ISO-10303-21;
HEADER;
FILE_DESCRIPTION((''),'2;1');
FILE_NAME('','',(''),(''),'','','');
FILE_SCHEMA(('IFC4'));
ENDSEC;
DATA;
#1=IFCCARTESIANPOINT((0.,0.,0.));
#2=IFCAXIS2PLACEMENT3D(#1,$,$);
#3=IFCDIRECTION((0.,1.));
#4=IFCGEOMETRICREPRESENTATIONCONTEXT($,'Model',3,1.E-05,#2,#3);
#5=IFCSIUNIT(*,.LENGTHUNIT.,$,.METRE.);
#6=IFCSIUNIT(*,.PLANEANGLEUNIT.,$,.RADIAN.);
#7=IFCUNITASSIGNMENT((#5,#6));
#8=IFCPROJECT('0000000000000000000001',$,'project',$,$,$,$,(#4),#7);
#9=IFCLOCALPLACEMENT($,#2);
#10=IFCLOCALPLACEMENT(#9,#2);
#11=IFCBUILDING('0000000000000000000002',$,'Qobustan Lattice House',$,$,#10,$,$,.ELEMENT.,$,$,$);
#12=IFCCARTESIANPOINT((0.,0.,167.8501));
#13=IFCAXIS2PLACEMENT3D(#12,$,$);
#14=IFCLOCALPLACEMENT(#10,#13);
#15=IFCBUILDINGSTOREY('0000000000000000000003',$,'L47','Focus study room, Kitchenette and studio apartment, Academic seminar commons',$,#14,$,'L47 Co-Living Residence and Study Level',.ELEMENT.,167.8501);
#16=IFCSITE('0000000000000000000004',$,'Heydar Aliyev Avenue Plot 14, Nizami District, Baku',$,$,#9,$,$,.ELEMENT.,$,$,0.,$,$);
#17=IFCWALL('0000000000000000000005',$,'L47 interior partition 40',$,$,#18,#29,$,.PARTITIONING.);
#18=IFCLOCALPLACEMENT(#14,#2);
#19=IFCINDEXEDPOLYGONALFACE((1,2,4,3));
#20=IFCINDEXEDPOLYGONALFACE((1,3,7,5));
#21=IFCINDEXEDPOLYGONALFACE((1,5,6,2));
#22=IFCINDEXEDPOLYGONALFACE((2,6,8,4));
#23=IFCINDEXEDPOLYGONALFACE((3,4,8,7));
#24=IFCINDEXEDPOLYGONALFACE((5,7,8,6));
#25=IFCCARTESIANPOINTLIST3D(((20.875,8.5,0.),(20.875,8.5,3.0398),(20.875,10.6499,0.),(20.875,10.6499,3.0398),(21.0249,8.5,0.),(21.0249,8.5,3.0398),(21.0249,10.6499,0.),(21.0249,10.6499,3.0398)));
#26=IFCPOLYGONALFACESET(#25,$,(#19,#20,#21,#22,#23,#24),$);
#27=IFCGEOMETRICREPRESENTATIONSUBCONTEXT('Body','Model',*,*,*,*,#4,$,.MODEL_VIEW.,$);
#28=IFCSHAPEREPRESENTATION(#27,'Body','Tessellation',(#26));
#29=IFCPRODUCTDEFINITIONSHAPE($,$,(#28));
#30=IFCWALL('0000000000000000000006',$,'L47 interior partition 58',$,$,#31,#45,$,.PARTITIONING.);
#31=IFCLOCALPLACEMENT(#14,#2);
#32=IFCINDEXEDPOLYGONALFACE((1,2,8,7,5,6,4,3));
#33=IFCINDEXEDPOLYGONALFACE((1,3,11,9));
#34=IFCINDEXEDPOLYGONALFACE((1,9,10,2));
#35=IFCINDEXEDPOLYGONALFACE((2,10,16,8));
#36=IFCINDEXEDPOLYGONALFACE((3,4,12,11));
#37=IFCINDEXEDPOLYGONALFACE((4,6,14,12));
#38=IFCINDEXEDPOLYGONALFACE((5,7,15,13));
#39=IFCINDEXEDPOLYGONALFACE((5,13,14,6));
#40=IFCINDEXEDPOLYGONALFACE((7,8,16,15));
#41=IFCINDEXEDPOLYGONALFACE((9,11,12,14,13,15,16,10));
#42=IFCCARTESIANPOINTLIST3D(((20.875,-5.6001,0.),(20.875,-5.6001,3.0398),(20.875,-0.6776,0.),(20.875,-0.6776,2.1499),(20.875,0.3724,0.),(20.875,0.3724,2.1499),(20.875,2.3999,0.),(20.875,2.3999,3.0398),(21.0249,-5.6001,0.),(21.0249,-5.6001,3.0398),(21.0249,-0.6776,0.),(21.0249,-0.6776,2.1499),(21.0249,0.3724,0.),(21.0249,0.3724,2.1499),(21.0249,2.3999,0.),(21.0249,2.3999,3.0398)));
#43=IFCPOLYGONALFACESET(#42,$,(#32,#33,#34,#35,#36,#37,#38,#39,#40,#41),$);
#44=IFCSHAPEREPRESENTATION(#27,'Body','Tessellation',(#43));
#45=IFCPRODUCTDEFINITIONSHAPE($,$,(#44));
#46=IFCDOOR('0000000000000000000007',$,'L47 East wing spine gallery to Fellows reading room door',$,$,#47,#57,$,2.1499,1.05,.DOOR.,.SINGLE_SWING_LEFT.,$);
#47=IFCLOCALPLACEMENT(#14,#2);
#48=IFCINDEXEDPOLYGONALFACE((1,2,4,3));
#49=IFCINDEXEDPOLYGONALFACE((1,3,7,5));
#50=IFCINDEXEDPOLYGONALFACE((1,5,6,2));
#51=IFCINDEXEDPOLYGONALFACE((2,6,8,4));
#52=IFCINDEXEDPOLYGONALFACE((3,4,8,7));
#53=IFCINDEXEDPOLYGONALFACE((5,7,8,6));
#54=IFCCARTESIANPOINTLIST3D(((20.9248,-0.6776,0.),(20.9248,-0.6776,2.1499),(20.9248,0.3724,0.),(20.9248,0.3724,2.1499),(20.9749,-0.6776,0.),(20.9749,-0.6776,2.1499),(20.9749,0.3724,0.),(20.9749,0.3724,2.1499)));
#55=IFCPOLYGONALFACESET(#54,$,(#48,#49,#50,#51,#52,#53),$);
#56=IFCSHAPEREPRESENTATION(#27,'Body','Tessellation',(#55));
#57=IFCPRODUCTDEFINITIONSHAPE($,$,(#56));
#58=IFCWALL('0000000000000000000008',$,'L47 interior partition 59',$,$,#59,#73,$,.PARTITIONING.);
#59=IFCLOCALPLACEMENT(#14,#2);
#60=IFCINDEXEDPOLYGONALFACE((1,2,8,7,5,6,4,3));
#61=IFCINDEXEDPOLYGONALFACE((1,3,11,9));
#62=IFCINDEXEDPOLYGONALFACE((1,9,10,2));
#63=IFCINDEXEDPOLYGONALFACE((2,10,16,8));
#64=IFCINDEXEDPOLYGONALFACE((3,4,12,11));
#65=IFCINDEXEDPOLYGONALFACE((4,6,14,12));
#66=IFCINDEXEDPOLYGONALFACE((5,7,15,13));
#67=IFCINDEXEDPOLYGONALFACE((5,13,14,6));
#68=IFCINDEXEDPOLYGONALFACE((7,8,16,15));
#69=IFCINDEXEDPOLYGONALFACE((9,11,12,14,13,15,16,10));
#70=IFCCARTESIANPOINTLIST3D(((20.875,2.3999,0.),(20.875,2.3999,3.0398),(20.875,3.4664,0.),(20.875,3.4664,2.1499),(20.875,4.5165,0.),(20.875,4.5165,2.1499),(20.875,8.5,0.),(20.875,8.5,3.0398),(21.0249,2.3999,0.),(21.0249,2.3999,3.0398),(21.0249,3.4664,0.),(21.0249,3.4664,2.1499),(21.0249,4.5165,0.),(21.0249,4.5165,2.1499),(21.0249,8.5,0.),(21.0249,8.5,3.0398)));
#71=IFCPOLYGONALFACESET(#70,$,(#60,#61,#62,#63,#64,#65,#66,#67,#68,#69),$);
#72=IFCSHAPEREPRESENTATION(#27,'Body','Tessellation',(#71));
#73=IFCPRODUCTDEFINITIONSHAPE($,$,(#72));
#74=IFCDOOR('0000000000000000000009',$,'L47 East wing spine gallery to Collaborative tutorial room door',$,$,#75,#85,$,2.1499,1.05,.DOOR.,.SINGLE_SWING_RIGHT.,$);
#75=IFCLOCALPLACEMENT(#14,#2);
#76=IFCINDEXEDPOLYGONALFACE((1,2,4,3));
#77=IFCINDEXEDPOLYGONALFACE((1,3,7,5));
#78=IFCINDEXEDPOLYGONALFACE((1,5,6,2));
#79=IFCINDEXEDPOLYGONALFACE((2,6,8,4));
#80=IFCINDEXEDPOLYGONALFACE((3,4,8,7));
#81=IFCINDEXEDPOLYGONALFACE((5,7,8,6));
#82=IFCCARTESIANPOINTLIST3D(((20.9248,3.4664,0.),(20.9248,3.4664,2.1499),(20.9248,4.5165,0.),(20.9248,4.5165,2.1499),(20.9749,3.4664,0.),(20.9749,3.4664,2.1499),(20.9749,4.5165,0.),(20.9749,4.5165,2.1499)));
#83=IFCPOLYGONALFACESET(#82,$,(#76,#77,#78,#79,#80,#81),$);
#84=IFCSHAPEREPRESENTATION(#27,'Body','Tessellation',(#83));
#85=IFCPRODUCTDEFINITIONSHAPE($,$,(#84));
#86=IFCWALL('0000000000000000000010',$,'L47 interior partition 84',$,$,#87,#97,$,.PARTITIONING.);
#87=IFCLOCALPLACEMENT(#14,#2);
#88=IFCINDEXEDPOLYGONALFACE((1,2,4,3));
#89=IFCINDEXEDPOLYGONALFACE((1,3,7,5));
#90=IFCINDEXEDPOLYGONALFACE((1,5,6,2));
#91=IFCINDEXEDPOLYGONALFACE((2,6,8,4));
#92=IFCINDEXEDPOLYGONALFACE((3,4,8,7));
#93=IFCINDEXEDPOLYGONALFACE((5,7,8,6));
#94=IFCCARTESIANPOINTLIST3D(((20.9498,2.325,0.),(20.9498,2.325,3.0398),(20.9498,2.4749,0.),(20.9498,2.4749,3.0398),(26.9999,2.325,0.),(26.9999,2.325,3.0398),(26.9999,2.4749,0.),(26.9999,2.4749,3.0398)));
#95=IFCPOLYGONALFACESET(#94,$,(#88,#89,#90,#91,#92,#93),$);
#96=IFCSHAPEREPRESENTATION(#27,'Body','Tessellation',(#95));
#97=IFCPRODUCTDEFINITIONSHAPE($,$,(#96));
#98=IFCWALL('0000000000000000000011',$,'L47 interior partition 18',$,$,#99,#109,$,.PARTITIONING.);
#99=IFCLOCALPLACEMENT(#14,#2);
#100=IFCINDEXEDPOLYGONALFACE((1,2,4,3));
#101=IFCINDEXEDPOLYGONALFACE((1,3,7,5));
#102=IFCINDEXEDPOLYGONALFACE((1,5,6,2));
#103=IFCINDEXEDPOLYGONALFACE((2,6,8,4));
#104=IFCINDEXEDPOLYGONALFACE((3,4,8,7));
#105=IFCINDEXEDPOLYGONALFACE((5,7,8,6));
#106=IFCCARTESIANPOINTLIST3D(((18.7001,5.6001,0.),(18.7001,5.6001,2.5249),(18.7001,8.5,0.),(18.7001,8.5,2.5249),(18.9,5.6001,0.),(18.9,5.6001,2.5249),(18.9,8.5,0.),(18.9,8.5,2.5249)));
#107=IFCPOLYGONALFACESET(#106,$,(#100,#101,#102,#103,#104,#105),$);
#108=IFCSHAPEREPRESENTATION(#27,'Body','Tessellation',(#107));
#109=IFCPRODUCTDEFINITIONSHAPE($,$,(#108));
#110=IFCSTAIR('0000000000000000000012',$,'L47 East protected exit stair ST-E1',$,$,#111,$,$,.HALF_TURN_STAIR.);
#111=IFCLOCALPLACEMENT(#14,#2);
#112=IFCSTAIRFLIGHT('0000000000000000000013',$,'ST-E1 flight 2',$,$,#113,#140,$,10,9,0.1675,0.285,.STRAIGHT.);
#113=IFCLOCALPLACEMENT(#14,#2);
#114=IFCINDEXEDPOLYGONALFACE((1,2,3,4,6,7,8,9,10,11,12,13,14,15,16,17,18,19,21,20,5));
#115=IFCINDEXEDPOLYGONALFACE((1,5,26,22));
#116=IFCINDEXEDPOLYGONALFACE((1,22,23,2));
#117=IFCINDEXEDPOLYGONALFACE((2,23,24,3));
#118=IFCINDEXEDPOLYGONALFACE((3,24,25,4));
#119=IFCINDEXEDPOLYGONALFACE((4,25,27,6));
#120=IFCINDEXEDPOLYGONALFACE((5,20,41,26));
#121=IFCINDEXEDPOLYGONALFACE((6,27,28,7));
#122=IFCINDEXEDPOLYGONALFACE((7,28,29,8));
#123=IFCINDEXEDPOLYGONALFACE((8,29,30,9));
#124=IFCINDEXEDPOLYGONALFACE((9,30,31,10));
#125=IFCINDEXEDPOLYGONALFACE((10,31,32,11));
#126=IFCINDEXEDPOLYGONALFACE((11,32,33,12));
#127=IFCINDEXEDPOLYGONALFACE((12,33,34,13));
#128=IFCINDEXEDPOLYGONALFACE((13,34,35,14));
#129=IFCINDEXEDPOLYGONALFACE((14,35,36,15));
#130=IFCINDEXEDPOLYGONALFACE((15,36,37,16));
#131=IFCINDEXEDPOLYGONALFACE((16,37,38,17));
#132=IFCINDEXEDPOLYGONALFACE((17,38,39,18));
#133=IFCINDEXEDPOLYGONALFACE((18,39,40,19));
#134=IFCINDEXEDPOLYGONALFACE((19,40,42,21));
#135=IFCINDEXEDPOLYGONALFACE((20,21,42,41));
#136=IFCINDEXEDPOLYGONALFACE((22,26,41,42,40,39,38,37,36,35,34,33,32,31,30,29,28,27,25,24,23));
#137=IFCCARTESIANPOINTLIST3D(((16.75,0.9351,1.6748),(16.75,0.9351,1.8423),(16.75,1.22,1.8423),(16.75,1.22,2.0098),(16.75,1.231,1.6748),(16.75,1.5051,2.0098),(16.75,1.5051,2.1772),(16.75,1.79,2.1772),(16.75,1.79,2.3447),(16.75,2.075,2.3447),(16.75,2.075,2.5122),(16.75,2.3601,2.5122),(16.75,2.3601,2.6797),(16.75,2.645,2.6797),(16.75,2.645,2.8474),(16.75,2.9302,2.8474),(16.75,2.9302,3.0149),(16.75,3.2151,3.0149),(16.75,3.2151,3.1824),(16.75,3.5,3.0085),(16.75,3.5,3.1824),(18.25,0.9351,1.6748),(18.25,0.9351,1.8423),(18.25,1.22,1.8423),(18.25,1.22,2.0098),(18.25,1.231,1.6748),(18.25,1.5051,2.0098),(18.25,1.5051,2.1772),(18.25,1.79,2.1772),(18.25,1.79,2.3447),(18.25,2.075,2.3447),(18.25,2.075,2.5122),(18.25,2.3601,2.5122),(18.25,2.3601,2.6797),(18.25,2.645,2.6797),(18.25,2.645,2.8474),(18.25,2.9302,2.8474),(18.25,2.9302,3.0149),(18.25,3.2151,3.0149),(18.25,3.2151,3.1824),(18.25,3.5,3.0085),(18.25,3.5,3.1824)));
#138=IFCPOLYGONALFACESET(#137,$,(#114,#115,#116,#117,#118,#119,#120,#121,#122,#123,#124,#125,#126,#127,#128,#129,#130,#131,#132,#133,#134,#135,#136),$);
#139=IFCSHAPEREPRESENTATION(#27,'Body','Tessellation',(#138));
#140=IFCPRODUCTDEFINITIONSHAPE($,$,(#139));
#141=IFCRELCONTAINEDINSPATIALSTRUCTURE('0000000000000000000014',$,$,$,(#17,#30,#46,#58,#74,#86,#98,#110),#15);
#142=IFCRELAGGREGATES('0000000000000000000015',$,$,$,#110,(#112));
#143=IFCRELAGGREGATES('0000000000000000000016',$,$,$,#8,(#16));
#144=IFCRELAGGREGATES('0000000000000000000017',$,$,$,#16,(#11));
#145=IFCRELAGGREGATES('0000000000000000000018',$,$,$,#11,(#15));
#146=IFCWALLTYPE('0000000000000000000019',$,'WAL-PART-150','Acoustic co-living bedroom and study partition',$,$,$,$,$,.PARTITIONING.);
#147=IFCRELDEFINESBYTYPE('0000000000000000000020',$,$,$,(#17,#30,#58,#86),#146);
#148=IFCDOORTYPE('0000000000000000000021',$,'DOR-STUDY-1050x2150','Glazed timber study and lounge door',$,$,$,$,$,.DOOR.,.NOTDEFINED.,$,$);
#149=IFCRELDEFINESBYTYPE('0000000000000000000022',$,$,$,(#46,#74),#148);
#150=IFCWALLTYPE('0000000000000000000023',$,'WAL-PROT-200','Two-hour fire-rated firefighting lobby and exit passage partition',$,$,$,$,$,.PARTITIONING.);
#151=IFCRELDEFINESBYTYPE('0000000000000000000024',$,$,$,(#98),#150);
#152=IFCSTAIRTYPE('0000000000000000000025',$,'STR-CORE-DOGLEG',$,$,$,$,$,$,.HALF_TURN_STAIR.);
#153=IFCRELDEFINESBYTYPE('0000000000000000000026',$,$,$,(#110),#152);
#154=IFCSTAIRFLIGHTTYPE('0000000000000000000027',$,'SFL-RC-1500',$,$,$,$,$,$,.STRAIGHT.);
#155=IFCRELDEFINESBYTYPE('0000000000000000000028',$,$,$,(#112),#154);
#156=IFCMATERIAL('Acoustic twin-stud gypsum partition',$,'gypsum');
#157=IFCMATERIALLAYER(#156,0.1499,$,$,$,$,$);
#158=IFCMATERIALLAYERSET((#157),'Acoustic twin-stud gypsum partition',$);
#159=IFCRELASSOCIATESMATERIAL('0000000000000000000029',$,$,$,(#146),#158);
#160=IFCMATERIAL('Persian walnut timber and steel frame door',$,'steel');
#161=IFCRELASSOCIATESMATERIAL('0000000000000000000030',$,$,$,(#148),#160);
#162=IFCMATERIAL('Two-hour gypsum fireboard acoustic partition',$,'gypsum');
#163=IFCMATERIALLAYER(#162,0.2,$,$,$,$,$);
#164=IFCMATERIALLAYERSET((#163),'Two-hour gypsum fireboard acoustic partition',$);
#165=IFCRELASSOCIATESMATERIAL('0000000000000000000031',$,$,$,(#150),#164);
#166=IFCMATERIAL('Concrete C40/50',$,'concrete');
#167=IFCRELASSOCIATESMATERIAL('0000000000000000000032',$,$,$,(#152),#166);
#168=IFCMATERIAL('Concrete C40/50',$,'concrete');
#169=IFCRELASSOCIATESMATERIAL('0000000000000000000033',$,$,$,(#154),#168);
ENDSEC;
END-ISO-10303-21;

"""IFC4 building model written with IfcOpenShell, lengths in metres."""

from ifc_helpers import new_model, si_unit, direction, frame, frame_2d, origin, place, context, subcontext, project, spatial, polyline, rectangle, outline, extrude, material, layer, layer_set, type_object, element, fill, aggregate, save


model = new_model("IFC4")

# Units and contexts
model_context = context("Model", 3, precision=1e-05, world=origin(), true_north=direction((0.0, 1.0)))
body_context = subcontext(model_context, "Body", "Model", "MODEL_VIEW")
ifc_project = project(units=[si_unit("LENGTHUNIT", "METRE"), si_unit("PLANEANGLEUNIT", "RADIAN")], contexts=[model_context])

# Site, building, storey
site_placement = place(None, origin())
site = spatial("IfcSite", under=ifc_project, at=site_placement, Name="Heydar Aliyev Avenue Plot 14, Nizami District, Baku", CompositionType="ELEMENT", RefElevation=0.0)
building_placement = place(site_placement, origin())
building = spatial("IfcBuilding", under=site, at=building_placement, Name="Qobustan Lattice House", CompositionType="ELEMENT")
storey_placement = place(building_placement, frame((0.0, 0.0, 167.8501)))
storey = spatial("IfcBuildingStorey", under=building, at=storey_placement, Name="L47", Description="Focus study room, Kitchenette and studio apartment, Academic seminar commons", LongName="L47 Co-Living Residence and Study Level", CompositionType="ELEMENT", Elevation=167.8501)

# Wall
ifc_material_1 = material(Name="Acoustic twin-stud gypsum partition", Category="gypsum")
ifc_layer_1 = layer(ifc_material_1, 0.1499)
ifc_layer_set_1 = layer_set([ifc_layer_1], Name="Acoustic twin-stud gypsum partition")
wall_type_1 = type_object("IfcWallType", Name="WAL-PART-150", Description="Acoustic co-living bedroom and study partition", PredefinedType="PARTITIONING", material=ifc_layer_set_1)
wall_1_placement = place(storey_placement, frame((20.95, 10.6499, 0.0), z_axis=(0.0, 0.0, 1.0), x_axis=(0.0, -1.0, 0.0)))
element("IfcWall", 1, at=wall_1_placement, inside=storey, type_object=wall_type_1, Name="L47 interior partition 40", PredefinedType="PARTITIONING", context=body_context, shape_type="SweptSolid", body=[
    extrude(rectangle(XDim=2.1499, YDim=0.1499, at=frame_2d((1.075, 0.0))), origin(), (0.0, 0.0, 1.0), 3.0398),
])

# Walls, openings, doors
wall_2_placement = place(storey_placement, frame((20.95, 2.3999, 0.0), z_axis=(0.0, 0.0, 1.0), x_axis=(0.0, -1.0, 0.0)))
wall_2 = element("IfcWall", 2, at=wall_2_placement, inside=storey, type_object=wall_type_1, Name="L47 interior partition 58", PredefinedType="PARTITIONING", context=body_context, shape_type="SweptSolid", body=[
    extrude(rectangle(XDim=8.0, YDim=0.1499, at=frame_2d((4.0, 0.0))), origin(), (0.0, 0.0, 1.0), 3.0398),
])
opening_1_placement = place(wall_2_placement, frame((2.0276, 0.0, 0.0)))
opening_1 = element("IfcOpeningElement", 3, at=opening_1_placement, cuts=wall_2, PredefinedType="OPENING", context=body_context, shape_type="SweptSolid", body=[
    extrude(rectangle(XDim=1.05, YDim=2.1499, at=frame_2d((0.5249, 1.075))), frame((0.0, 0.085, 0.0), z_axis=(0.0, -1.0, 0.0), x_axis=(1.0, 0.0, 0.0)), (0.0, 0.0, 1.0), 0.1699),
])
ifc_material_2 = material(Name="Persian walnut timber and steel frame door", Category="steel")
door_type_1 = type_object("IfcDoorType", Name="DOR-STUDY-1050x2150", Description="Glazed timber study and lounge door", OperationType="NOTDEFINED", PredefinedType="DOOR", material=ifc_material_2)
door_1_placement = place(opening_1_placement, origin())
door_1 = element("IfcDoor", 4, at=door_1_placement, inside=storey, type_object=door_type_1, Name="L47 East wing spine gallery to Fellows reading room door", OperationType="SINGLE_SWING_LEFT", OverallHeight=2.1499, OverallWidth=1.05, PredefinedType="DOOR", context=body_context, shape_type="SweptSolid", body=[
    extrude(rectangle(XDim=1.05, YDim=2.1499, at=frame_2d((0.5249, 1.075))), frame((0.0, 0.0249, 0.0), z_axis=(0.0, -1.0, 0.0), x_axis=(1.0, 0.0, 0.0)), (0.0, 0.0, 1.0), 0.05),
])
fill(opening_1, door_1)
wall_3_placement = place(storey_placement, frame((20.95, 8.5, 0.0), z_axis=(0.0, 0.0, 1.0), x_axis=(0.0, -1.0, 0.0)))
wall_3 = element("IfcWall", 5, at=wall_3_placement, inside=storey, type_object=wall_type_1, Name="L47 interior partition 59", PredefinedType="PARTITIONING", context=body_context, shape_type="SweptSolid", body=[
    extrude(rectangle(XDim=6.1001, YDim=0.1499, at=frame_2d((3.05, 0.0))), origin(), (0.0, 0.0, 1.0), 3.0398),
])
opening_2_placement = place(wall_3_placement, frame((3.9836, 0.0, 0.0)))
opening_2 = element("IfcOpeningElement", 6, at=opening_2_placement, cuts=wall_3, PredefinedType="OPENING", context=body_context, shape_type="SweptSolid", body=[
    extrude(rectangle(XDim=1.05, YDim=2.1499, at=frame_2d((0.5249, 1.075))), frame((0.0, 0.085, 0.0), z_axis=(0.0, -1.0, 0.0), x_axis=(1.0, 0.0, 0.0)), (0.0, 0.0, 1.0), 0.1699),
])
door_2_placement = place(opening_2_placement, origin())
door_2 = element("IfcDoor", 7, at=door_2_placement, inside=storey, type_object=door_type_1, Name="L47 East wing spine gallery to Collaborative tutorial room door", OperationType="SINGLE_SWING_RIGHT", OverallHeight=2.1499, OverallWidth=1.05, PredefinedType="DOOR", context=body_context, shape_type="SweptSolid", body=[
    extrude(rectangle(XDim=1.05, YDim=2.1499, at=frame_2d((0.5249, 1.075))), frame((0.0, 0.0249, 0.0), z_axis=(0.0, -1.0, 0.0), x_axis=(1.0, 0.0, 0.0)), (0.0, 0.0, 1.0), 0.05),
])
fill(opening_2, door_2)

# Wall
wall_4_placement = place(storey_placement, frame((20.95, 2.3999, 0.0), z_axis=(0.0, 0.0, 1.0), x_axis=(1.0, 0.0, 0.0)))
element("IfcWall", 8, at=wall_4_placement, inside=storey, type_object=wall_type_1, Name="L47 interior partition 84", PredefinedType="PARTITIONING", context=body_context, shape_type="SweptSolid", body=[
    extrude(rectangle(XDim=6.05, YDim=0.1499, at=frame_2d((3.0249, 0.0))), origin(), (0.0, 0.0, 1.0), 3.0398),
])

# Shared definitions
ifc_material_3 = material(Name="Two-hour gypsum fireboard acoustic partition", Category="gypsum")
ifc_layer_2 = layer(ifc_material_3, 0.2)
ifc_layer_set_2 = layer_set([ifc_layer_2], Name="Two-hour gypsum fireboard acoustic partition")
wall_type_2 = type_object("IfcWallType", Name="WAL-PROT-200", Description="Two-hour fire-rated firefighting lobby and exit passage partition", PredefinedType="PARTITIONING", material=ifc_layer_set_2)

# Wall
wall_5_placement = place(storey_placement, frame((18.8, 5.6001, 0.0), z_axis=(0.0, 0.0, 1.0), x_axis=(0.0, 1.0, 0.0)))
element("IfcWall", 9, at=wall_5_placement, inside=storey, type_object=wall_type_2, Name="L47 interior partition 18", PredefinedType="PARTITIONING", context=body_context, shape_type="SweptSolid", body=[
    extrude(rectangle(XDim=2.8999, YDim=0.2, at=frame_2d((1.45, 0.0))), origin(), (0.0, 0.0, 1.0), 2.5249),
])

# Stair, stair flight
ifc_material_4 = material(Name="Concrete C40/50", Category="concrete")
stair_type = type_object("IfcStairType", Name="STR-CORE-DOGLEG", PredefinedType="HALF_TURN_STAIR", material=ifc_material_4)
stair_placement = place(storey_placement, origin())
stair = element("IfcStair", 10, at=stair_placement, inside=storey, type_object=stair_type, Name="L47 East protected exit stair ST-E1", PredefinedType="HALF_TURN_STAIR")
ifc_material_5 = material(Name="Concrete C40/50", Category="concrete")
stair_flight_type = type_object("IfcStairFlightType", Name="SFL-RC-1500", PredefinedType="STRAIGHT", material=ifc_material_5)
stair_flight_placement = place(storey_placement, frame((17.5, 0.9351, 1.6748), z_axis=(0.0, 0.0, 1.0), x_axis=(0.0, 1.0, 0.0)))
stair_flight = element("IfcStairFlight", 11, at=stair_flight_placement, type_object=stair_flight_type, Name="ST-E1 flight 2", NumberOfRisers=10, NumberOfTreads=9, PredefinedType="STRAIGHT", RiserHeight=0.1675, TreadLength=0.285, context=body_context, shape_type="SweptSolid", body=[
    extrude(outline(polyline([(0.0, 0.0), (0.0, 0.1675), (0.2849, 0.1675), (0.2849, 0.335), (0.5701, 0.335), (0.5701, 0.5024), (0.855, 0.5024), (0.855, 0.6699), (1.1399, 0.6699), (1.1399, 0.8374), (1.425, 0.8374), (1.425, 1.0049), (1.71, 1.0049), (1.71, 1.1726), (1.9951, 1.1726), (1.9951, 1.3401), (2.28, 1.3401), (2.28, 1.5076), (2.5649, 1.5076), (2.5649, 1.675), (2.5649, 1.3337), (0.2959, 0.0), (0.0, 0.0)])), frame((0.0, 0.75, 0.0), z_axis=(0.0, -1.0, 0.0), x_axis=(1.0, 0.0, 0.0)), (0.0, 0.0, 1.0), 1.5),
])
aggregate(stair, [stair_flight])

save(model, "model.ifc")
